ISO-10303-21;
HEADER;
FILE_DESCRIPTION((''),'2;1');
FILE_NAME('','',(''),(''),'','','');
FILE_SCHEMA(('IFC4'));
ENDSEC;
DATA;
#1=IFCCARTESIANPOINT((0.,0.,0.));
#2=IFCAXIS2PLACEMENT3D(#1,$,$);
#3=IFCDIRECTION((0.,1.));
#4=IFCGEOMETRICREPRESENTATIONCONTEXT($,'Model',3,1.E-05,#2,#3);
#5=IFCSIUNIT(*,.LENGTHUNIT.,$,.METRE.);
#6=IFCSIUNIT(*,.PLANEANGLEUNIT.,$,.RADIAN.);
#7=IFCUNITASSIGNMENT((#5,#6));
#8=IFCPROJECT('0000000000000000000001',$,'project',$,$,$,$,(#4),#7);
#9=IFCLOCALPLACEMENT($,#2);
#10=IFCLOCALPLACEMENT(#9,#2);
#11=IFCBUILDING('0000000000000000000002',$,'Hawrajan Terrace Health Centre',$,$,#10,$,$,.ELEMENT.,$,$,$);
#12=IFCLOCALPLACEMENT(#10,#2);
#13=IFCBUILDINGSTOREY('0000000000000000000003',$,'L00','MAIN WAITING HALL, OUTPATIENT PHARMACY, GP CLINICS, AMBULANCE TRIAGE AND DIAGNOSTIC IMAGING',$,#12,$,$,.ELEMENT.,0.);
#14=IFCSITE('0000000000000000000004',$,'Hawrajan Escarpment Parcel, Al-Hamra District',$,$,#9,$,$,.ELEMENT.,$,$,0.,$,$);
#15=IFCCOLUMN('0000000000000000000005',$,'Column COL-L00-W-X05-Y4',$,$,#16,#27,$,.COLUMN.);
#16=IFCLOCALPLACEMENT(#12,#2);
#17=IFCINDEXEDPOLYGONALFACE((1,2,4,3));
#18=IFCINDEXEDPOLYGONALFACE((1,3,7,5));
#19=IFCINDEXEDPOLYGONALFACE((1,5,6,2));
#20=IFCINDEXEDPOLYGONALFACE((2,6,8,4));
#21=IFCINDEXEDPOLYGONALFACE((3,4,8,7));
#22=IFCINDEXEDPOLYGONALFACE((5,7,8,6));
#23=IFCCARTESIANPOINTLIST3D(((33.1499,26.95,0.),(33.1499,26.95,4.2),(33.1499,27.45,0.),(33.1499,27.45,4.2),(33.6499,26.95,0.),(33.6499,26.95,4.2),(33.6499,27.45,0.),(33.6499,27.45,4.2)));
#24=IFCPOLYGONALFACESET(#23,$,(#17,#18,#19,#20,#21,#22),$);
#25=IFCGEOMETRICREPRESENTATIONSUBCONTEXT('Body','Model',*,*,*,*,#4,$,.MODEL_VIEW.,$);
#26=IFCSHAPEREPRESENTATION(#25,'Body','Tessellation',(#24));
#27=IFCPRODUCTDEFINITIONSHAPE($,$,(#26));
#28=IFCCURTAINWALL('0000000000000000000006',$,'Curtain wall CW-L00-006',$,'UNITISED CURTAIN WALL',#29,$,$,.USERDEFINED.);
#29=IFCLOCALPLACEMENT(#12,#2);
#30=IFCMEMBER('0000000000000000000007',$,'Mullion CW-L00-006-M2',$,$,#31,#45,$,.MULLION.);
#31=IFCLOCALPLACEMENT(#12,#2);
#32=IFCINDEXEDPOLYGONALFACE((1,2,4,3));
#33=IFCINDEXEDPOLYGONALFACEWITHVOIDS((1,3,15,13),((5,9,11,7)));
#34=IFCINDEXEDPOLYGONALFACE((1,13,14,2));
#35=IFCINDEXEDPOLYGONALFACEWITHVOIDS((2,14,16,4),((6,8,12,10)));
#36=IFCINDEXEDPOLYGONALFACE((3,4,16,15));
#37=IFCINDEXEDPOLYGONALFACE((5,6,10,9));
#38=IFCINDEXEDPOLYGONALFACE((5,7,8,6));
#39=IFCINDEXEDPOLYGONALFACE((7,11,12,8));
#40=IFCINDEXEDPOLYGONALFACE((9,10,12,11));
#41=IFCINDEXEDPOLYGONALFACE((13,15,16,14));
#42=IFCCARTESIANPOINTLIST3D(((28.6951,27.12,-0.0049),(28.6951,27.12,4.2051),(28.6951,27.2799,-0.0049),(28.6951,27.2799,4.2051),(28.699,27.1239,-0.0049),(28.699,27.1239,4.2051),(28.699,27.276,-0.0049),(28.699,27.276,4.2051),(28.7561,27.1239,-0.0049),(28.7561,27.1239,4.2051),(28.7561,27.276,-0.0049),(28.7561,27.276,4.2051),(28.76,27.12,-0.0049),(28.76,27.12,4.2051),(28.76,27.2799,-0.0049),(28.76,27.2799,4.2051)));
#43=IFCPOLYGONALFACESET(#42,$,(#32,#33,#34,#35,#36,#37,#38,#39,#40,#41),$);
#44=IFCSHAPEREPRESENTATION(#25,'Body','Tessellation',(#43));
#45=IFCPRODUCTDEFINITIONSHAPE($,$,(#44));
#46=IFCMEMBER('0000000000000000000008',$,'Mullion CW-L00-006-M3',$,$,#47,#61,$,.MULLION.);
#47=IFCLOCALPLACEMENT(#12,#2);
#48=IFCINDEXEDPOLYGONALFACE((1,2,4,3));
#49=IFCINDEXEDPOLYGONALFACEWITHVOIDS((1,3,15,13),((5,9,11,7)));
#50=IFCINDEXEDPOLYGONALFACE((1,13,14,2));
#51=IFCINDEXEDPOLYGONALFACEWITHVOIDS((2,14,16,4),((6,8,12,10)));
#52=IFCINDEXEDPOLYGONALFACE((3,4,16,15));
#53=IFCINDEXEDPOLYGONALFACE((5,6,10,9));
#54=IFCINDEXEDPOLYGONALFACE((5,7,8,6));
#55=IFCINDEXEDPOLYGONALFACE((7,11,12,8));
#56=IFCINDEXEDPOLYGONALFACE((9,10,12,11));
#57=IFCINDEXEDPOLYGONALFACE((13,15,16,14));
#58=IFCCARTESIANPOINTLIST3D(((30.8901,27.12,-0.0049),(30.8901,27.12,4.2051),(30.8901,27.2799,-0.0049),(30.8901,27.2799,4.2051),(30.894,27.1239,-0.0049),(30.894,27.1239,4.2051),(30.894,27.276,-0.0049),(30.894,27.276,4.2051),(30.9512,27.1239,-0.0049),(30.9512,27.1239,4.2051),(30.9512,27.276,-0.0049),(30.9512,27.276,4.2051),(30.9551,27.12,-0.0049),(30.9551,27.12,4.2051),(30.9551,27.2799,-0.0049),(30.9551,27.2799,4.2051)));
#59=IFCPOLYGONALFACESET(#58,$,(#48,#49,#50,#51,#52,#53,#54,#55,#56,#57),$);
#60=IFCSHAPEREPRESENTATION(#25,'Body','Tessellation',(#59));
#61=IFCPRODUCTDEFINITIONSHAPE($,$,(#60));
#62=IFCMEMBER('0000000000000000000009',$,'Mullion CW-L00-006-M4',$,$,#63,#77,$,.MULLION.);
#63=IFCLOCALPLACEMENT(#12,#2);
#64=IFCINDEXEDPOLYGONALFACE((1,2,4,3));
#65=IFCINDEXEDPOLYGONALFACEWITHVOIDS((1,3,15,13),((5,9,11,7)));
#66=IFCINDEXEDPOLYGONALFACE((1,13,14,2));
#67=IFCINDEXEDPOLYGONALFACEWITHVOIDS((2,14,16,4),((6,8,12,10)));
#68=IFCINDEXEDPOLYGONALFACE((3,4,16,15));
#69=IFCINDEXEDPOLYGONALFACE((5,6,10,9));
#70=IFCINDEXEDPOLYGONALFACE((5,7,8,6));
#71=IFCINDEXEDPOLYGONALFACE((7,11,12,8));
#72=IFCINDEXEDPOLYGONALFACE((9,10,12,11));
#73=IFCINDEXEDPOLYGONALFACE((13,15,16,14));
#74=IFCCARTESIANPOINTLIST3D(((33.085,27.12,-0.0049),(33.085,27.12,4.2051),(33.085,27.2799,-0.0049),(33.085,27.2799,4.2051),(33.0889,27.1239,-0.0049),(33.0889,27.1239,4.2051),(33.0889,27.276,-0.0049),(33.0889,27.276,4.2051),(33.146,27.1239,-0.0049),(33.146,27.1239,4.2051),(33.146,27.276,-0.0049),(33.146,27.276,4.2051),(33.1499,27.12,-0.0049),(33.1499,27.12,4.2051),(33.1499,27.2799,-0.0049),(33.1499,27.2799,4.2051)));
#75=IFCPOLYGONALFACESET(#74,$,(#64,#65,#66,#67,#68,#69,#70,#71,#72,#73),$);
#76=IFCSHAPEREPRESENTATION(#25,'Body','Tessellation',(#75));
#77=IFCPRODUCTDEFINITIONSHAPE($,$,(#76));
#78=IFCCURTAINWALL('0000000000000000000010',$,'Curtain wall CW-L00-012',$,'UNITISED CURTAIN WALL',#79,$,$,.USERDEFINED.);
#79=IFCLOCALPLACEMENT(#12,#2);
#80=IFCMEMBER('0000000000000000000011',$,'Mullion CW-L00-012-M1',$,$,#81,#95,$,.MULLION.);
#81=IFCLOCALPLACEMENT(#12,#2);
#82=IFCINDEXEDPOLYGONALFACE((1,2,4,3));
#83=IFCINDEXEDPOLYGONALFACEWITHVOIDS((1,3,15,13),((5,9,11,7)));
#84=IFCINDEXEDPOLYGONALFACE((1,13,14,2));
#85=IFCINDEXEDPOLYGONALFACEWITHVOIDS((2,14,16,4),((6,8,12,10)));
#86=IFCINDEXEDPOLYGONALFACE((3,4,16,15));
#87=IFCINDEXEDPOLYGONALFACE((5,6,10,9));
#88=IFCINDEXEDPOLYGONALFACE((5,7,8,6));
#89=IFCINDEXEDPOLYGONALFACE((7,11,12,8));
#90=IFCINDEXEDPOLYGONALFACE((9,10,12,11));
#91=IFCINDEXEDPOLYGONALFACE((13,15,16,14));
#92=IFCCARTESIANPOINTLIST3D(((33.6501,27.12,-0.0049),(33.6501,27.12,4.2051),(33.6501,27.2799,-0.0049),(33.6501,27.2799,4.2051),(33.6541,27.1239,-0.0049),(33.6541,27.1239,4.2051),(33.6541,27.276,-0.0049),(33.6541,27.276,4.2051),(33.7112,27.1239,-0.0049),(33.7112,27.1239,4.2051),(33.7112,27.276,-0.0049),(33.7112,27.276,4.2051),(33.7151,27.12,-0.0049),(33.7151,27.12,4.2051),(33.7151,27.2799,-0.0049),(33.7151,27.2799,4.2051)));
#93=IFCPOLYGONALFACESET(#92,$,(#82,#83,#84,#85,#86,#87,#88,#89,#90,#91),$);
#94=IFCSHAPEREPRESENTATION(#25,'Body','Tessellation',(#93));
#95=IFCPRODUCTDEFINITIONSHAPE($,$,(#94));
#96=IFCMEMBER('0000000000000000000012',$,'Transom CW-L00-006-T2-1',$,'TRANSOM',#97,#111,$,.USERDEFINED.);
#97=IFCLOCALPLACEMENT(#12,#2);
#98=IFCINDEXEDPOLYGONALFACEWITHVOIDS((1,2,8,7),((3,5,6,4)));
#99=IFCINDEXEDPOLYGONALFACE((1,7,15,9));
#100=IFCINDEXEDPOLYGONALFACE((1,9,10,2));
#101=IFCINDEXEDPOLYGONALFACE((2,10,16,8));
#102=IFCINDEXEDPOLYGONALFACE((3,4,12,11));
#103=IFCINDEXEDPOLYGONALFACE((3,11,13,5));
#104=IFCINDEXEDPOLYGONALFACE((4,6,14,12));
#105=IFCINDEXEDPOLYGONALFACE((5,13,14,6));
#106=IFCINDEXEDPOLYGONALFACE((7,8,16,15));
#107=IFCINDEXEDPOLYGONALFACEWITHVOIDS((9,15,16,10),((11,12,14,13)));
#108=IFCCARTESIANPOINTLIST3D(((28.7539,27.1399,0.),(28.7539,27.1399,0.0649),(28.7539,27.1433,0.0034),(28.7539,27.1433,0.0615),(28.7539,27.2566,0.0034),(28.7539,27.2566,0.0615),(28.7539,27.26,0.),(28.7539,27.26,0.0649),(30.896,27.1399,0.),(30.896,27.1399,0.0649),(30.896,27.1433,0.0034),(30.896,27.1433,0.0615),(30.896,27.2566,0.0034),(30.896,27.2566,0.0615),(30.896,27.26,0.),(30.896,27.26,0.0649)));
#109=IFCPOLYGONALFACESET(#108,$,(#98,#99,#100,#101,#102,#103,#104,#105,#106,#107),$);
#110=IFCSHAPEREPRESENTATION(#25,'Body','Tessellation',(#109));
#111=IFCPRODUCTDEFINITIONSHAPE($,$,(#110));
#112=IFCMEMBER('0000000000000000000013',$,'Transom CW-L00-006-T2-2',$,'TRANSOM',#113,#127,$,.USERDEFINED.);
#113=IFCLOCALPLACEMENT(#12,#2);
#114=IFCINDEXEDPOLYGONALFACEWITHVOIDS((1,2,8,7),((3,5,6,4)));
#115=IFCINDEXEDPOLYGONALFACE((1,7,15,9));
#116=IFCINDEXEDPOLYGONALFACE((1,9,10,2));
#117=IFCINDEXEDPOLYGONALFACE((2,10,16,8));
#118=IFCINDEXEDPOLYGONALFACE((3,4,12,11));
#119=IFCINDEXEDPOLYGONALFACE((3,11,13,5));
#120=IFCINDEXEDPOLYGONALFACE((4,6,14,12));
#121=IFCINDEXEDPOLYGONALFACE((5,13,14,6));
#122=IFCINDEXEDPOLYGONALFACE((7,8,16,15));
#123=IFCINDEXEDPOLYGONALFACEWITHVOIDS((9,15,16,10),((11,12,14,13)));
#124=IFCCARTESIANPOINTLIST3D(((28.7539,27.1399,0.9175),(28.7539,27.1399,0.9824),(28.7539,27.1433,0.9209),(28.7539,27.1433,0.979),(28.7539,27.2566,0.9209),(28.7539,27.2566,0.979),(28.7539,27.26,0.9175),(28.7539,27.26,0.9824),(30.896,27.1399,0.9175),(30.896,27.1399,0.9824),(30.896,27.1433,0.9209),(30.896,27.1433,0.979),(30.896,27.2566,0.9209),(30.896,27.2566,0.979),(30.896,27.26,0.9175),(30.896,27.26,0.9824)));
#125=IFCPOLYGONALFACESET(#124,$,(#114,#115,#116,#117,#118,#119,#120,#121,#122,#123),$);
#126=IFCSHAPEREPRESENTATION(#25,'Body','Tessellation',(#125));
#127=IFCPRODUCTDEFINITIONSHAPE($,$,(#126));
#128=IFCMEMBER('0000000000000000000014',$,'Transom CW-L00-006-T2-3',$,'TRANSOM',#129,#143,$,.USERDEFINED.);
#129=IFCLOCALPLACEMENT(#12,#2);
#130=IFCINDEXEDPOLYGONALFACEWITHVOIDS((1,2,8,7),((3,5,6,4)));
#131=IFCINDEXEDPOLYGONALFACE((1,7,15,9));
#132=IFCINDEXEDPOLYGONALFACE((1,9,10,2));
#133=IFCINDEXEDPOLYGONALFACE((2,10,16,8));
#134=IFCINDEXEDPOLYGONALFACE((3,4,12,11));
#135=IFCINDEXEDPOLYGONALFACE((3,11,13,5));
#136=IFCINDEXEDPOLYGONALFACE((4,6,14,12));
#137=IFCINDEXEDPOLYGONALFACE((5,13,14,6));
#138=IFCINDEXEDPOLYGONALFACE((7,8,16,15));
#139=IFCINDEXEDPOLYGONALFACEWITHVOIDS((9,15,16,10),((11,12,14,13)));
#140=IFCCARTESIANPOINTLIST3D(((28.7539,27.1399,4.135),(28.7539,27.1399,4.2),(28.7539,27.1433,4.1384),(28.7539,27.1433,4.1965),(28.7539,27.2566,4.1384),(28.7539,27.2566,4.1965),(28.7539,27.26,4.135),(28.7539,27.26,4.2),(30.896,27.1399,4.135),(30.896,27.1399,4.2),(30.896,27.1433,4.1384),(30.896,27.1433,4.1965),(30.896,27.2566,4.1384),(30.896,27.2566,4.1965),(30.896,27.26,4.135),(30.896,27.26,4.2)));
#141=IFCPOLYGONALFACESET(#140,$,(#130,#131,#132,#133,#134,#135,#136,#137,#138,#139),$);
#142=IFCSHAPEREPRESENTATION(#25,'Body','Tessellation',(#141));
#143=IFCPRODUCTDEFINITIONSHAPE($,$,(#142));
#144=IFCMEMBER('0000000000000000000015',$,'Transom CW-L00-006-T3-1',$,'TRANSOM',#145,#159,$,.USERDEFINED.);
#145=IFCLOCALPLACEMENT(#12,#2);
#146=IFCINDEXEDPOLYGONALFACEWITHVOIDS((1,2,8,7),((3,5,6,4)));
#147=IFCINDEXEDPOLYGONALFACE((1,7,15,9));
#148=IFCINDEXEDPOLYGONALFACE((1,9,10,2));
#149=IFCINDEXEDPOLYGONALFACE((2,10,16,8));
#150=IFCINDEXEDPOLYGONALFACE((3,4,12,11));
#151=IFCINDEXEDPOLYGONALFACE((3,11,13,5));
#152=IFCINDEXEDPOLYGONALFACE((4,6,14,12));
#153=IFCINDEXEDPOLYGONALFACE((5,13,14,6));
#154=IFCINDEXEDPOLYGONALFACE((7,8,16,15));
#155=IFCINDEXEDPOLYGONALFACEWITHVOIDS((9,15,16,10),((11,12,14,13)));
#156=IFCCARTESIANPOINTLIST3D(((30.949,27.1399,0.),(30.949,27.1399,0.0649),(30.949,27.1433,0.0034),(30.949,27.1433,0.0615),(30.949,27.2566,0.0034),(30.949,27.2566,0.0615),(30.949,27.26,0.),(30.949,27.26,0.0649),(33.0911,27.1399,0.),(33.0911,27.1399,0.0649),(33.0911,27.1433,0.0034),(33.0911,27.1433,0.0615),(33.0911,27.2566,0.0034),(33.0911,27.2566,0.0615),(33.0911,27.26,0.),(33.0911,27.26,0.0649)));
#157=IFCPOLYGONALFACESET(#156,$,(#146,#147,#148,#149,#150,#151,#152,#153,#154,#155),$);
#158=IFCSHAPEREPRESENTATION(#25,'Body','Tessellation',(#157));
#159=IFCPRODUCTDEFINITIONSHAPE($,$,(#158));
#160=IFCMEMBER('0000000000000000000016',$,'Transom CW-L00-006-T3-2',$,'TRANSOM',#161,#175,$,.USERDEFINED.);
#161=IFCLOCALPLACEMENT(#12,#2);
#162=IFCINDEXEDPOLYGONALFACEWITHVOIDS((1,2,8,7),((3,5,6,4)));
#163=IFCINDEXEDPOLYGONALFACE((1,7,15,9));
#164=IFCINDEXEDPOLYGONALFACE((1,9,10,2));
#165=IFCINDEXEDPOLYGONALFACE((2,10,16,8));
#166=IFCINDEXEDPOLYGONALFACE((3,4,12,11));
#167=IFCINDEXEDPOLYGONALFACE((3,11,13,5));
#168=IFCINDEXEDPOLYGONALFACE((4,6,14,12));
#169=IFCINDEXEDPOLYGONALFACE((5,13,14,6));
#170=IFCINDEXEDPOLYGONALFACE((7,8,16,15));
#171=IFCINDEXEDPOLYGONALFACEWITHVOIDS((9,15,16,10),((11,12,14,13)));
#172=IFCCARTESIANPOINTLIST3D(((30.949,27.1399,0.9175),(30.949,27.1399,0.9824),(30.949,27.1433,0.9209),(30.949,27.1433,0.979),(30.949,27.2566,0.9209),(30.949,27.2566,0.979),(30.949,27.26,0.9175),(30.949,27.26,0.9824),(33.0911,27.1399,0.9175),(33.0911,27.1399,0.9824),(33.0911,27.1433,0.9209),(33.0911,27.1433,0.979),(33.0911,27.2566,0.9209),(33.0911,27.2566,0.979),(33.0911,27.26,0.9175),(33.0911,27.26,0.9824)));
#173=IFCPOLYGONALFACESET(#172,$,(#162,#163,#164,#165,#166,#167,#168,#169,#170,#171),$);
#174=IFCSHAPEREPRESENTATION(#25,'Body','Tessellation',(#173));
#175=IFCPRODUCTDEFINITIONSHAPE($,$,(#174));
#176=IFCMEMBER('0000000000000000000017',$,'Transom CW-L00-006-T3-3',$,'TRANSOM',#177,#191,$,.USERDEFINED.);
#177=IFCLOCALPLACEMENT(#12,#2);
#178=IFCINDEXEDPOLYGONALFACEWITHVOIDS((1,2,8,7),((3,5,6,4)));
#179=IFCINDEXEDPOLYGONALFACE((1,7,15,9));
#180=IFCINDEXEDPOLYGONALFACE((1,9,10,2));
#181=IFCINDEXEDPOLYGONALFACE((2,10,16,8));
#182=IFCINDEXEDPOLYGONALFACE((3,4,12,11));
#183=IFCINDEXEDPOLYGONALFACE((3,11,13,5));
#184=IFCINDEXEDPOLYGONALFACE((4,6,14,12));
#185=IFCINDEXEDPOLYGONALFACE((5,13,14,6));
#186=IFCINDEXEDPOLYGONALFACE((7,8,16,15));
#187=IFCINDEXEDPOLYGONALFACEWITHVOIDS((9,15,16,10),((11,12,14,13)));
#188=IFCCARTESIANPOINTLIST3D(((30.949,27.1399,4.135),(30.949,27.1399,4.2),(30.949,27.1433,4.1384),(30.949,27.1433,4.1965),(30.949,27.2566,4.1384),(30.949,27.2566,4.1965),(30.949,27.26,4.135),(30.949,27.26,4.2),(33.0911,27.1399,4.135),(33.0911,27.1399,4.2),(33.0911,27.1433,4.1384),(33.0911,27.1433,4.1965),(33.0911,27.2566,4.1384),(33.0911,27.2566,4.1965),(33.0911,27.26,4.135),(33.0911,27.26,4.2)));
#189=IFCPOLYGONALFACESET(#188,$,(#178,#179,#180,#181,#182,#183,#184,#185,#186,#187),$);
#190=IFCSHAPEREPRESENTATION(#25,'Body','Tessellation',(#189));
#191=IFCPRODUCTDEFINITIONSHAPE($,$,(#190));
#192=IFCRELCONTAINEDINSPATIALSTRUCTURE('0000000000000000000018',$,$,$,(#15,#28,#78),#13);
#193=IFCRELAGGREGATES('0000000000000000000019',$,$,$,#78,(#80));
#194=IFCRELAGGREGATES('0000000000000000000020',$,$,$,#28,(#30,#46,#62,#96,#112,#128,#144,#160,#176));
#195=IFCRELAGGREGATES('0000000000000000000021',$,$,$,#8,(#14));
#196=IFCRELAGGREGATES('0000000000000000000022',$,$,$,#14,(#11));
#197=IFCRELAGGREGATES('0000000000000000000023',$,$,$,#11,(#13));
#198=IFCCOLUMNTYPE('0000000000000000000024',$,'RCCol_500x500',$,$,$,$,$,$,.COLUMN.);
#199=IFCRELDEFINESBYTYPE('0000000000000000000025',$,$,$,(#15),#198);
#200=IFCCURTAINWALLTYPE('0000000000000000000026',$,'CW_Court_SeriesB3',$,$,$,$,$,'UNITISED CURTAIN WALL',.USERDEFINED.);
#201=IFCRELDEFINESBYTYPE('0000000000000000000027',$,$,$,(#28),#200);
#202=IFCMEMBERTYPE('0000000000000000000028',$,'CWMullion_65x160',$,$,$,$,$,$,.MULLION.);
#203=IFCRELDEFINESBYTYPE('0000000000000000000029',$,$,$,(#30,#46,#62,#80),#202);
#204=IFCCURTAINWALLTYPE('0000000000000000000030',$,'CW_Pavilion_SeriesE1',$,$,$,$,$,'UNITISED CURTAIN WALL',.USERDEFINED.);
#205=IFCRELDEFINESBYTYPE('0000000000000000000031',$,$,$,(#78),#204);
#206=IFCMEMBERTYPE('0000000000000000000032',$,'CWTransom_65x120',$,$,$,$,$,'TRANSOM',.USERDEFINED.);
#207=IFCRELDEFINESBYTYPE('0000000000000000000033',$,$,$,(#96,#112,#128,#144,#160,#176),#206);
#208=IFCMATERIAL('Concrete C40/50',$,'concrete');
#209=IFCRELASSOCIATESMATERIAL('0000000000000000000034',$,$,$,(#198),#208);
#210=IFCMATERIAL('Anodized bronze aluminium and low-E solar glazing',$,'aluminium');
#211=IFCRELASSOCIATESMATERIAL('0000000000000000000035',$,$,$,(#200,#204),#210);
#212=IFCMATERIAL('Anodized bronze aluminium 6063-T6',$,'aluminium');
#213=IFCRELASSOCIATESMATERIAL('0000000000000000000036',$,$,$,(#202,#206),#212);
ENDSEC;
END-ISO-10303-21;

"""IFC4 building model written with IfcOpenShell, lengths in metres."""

from ifc_helpers import new_model, si_unit, direction, frame, origin, origin_2d, place, context, subcontext, project, spatial, rectangle, hollow_rectangle, extrude, material, material_profile, profile_set, type_object, element, aggregate, save


model = new_model("IFC4")

# Units and contexts
model_context = context("Model", 3, precision=1e-05, world=origin(), true_north=direction((0.0, 1.0)))
body_context = subcontext(model_context, "Body", "Model", "MODEL_VIEW")
ifc_project = project(units=[si_unit("LENGTHUNIT", "METRE"), si_unit("PLANEANGLEUNIT", "RADIAN")], contexts=[model_context])

# Site, building, storey
site_placement = place(None, origin())
site = spatial("IfcSite", under=ifc_project, at=site_placement, Name="Hawrajan Escarpment Parcel, Al-Hamra District", CompositionType="ELEMENT", RefElevation=0.0)
building_placement = place(site_placement, origin())
building = spatial("IfcBuilding", under=site, at=building_placement, Name="Hawrajan Terrace Health Centre", CompositionType="ELEMENT")
storey_placement = place(building_placement, origin())
storey = spatial("IfcBuildingStorey", under=building, at=storey_placement, Name="L00", Description="MAIN WAITING HALL, OUTPATIENT PHARMACY, GP CLINICS, AMBULANCE TRIAGE AND DIAGNOSTIC IMAGING", CompositionType="ELEMENT", Elevation=0.0)

# Column
ifc_material_1 = material(Name="Concrete C40/50", Category="concrete")
ifc_material_profile_1 = material_profile(ifc_material_1, rectangle(XDim=0.5, YDim=0.5, at=origin_2d()), Name="RC 500x500")
ifc_profile_set_1 = profile_set([ifc_material_profile_1], Name="Concrete C40/50")
column_type = type_object("IfcColumnType", Name="RCCol_500x500", PredefinedType="COLUMN", material=ifc_profile_set_1)
column_placement = place(storey_placement, frame((33.3999, 27.2, 0.0), z_axis=(0.0, 0.0, 1.0), x_axis=(1.0, 0.0, 0.0)))
element("IfcColumn", 1, at=column_placement, inside=storey, type_object=column_type, Name="Column COL-L00-W-X05-Y4", PredefinedType="COLUMN", context=body_context, shape_type="SweptSolid", body=[
    extrude(rectangle(XDim=0.5, YDim=0.5, at=origin_2d()), origin(), (0.0, 0.0, 1.0), 4.2),
])

# Curtain wall, members
ifc_material_2 = material(Name="Anodized bronze aluminium and low-E solar glazing", Category="aluminium")
curtain_wall_type_1 = type_object("IfcCurtainWallType", Name="CW_Court_SeriesB3", ElementType="UNITISED CURTAIN WALL", PredefinedType="USERDEFINED", material=ifc_material_2)
curtain_wall_1_placement = place(storey_placement, origin())
curtain_wall_1 = element("IfcCurtainWall", 2, at=curtain_wall_1_placement, inside=storey, type_object=curtain_wall_type_1, Name="Curtain wall CW-L00-006", ObjectType="UNITISED CURTAIN WALL", PredefinedType="USERDEFINED")
ifc_material_3 = material(Name="Anodized bronze aluminium 6063-T6", Category="aluminium")
ifc_material_profile_2 = material_profile(ifc_material_3, hollow_rectangle(XDim=0.0649, YDim=0.1599, WallThickness=0.0039, at=origin_2d()), Name="CW MUL 65x160")
ifc_profile_set_2 = profile_set([ifc_material_profile_2], Name="Anodized bronze aluminium 6063-T6")
member_type_1 = type_object("IfcMemberType", Name="CWMullion_65x160", PredefinedType="MULLION", material=ifc_profile_set_2)
member_1_placement = place(storey_placement, frame((28.7275, 27.2, -0.0049), z_axis=(0.0, 0.0, 1.0), x_axis=(1.0, 0.0, 0.0)))
member_1 = element("IfcMember", 3, at=member_1_placement, type_object=member_type_1, Name="Mullion CW-L00-006-M2", PredefinedType="MULLION", context=body_context, shape_type="SweptSolid", body=[
    extrude(hollow_rectangle(XDim=0.0649, YDim=0.1599, WallThickness=0.0039, at=origin_2d()), origin(), (0.0, 0.0, 1.0), 4.21),
])
member_2_placement = place(storey_placement, frame((30.9226, 27.2, -0.0049), z_axis=(0.0, 0.0, 1.0), x_axis=(1.0, 0.0, 0.0)))
member_2 = element("IfcMember", 4, at=member_2_placement, type_object=member_type_1, Name="Mullion CW-L00-006-M3", PredefinedType="MULLION", context=body_context, shape_type="SweptSolid", body=[
    extrude(hollow_rectangle(XDim=0.0649, YDim=0.1599, WallThickness=0.0039, at=origin_2d()), origin(), (0.0, 0.0, 1.0), 4.21),
])
member_3_placement = place(storey_placement, frame((33.1174, 27.2, -0.0049), z_axis=(0.0, 0.0, 1.0), x_axis=(1.0, 0.0, 0.0)))
member_3 = element("IfcMember", 5, at=member_3_placement, type_object=member_type_1, Name="Mullion CW-L00-006-M4", PredefinedType="MULLION", context=body_context, shape_type="SweptSolid", body=[
    extrude(hollow_rectangle(XDim=0.0649, YDim=0.1599, WallThickness=0.0039, at=origin_2d()), origin(), (0.0, 0.0, 1.0), 4.21),
])

# Curtain wall, member
curtain_wall_type_2 = type_object("IfcCurtainWallType", Name="CW_Pavilion_SeriesE1", ElementType="UNITISED CURTAIN WALL", PredefinedType="USERDEFINED", material=ifc_material_2)
curtain_wall_2_placement = place(storey_placement, origin())
curtain_wall_2 = element("IfcCurtainWall", 6, at=curtain_wall_2_placement, inside=storey, type_object=curtain_wall_type_2, Name="Curtain wall CW-L00-012", ObjectType="UNITISED CURTAIN WALL", PredefinedType="USERDEFINED")
member_4_placement = place(storey_placement, frame((33.6826, 27.2, -0.0049), z_axis=(0.0, 0.0, 1.0), x_axis=(1.0, 0.0, 0.0)))
member_4 = element("IfcMember", 7, at=member_4_placement, type_object=member_type_1, Name="Mullion CW-L00-012-M1", PredefinedType="MULLION", context=body_context, shape_type="SweptSolid", body=[
    extrude(hollow_rectangle(XDim=0.0649, YDim=0.1599, WallThickness=0.0039, at=origin_2d()), origin(), (0.0, 0.0, 1.0), 4.21),
])

# Members
ifc_material_profile_3 = material_profile(ifc_material_3, hollow_rectangle(XDim=0.0649, YDim=0.1201, WallThickness=0.0034, at=origin_2d()), Name="CW TRN 65x120")
ifc_profile_set_3 = profile_set([ifc_material_profile_3], Name="Anodized bronze aluminium 6063-T6")
member_type_2 = type_object("IfcMemberType", Name="CWTransom_65x120", ElementType="TRANSOM", PredefinedType="USERDEFINED", material=ifc_profile_set_3)
member_5_placement = place(storey_placement, frame((28.7539, 27.2, 0.0325), z_axis=(1.0, 0.0, 0.0), x_axis=(0.0, 0.0, 1.0)))
member_5 = element("IfcMember", 8, at=member_5_placement, type_object=member_type_2, Name="Transom CW-L00-006-T2-1", ObjectType="TRANSOM", PredefinedType="USERDEFINED", context=body_context, shape_type="SweptSolid", body=[
    extrude(hollow_rectangle(XDim=0.0649, YDim=0.1201, WallThickness=0.0034, at=origin_2d()), origin(), (0.0, 0.0, 1.0), 2.1421),
])
member_6_placement = place(storey_placement, frame((28.7539, 27.2, 0.95), z_axis=(1.0, 0.0, 0.0), x_axis=(0.0, 0.0, 1.0)))
member_6 = element("IfcMember", 9, at=member_6_placement, type_object=member_type_2, Name="Transom CW-L00-006-T2-2", ObjectType="TRANSOM", PredefinedType="USERDEFINED", context=body_context, shape_type="SweptSolid", body=[
    extrude(hollow_rectangle(XDim=0.0649, YDim=0.1201, WallThickness=0.0034, at=origin_2d()), origin(), (0.0, 0.0, 1.0), 2.1421),
])
member_7_placement = place(storey_placement, frame((28.7539, 27.2, 4.1675), z_axis=(1.0, 0.0, 0.0), x_axis=(0.0, 0.0, 1.0)))
member_7 = element("IfcMember", 10, at=member_7_placement, type_object=member_type_2, Name="Transom CW-L00-006-T2-3", ObjectType="TRANSOM", PredefinedType="USERDEFINED", context=body_context, shape_type="SweptSolid", body=[
    extrude(hollow_rectangle(XDim=0.0649, YDim=0.1201, WallThickness=0.0034, at=origin_2d()), origin(), (0.0, 0.0, 1.0), 2.1421),
])
member_8_placement = place(storey_placement, frame((30.949, 27.2, 0.0325), z_axis=(1.0, 0.0, 0.0), x_axis=(0.0, 0.0, 1.0)))
member_8 = element("IfcMember", 11, at=member_8_placement, type_object=member_type_2, Name="Transom CW-L00-006-T3-1", ObjectType="TRANSOM", PredefinedType="USERDEFINED", context=body_context, shape_type="SweptSolid", body=[
    extrude(hollow_rectangle(XDim=0.0649, YDim=0.1201, WallThickness=0.0034, at=origin_2d()), origin(), (0.0, 0.0, 1.0), 2.1421),
])
member_9_placement = place(storey_placement, frame((30.949, 27.2, 0.95), z_axis=(1.0, 0.0, 0.0), x_axis=(0.0, 0.0, 1.0)))
member_9 = element("IfcMember", 12, at=member_9_placement, type_object=member_type_2, Name="Transom CW-L00-006-T3-2", ObjectType="TRANSOM", PredefinedType="USERDEFINED", context=body_context, shape_type="SweptSolid", body=[
    extrude(hollow_rectangle(XDim=0.0649, YDim=0.1201, WallThickness=0.0034, at=origin_2d()), origin(), (0.0, 0.0, 1.0), 2.1421),
])
member_10_placement = place(storey_placement, frame((30.949, 27.2, 4.1675), z_axis=(1.0, 0.0, 0.0), x_axis=(0.0, 0.0, 1.0)))
member_10 = element("IfcMember", 13, at=member_10_placement, type_object=member_type_2, Name="Transom CW-L00-006-T3-3", ObjectType="TRANSOM", PredefinedType="USERDEFINED", context=body_context, shape_type="SweptSolid", body=[
    extrude(hollow_rectangle(XDim=0.0649, YDim=0.1201, WallThickness=0.0034, at=origin_2d()), origin(), (0.0, 0.0, 1.0), 2.1421),
])

aggregate(curtain_wall_2, [member_4])
aggregate(curtain_wall_1, [member_1, member_2, member_3, member_5, member_6, member_7, member_8, member_9, member_10])

save(model, "model.ifc")
